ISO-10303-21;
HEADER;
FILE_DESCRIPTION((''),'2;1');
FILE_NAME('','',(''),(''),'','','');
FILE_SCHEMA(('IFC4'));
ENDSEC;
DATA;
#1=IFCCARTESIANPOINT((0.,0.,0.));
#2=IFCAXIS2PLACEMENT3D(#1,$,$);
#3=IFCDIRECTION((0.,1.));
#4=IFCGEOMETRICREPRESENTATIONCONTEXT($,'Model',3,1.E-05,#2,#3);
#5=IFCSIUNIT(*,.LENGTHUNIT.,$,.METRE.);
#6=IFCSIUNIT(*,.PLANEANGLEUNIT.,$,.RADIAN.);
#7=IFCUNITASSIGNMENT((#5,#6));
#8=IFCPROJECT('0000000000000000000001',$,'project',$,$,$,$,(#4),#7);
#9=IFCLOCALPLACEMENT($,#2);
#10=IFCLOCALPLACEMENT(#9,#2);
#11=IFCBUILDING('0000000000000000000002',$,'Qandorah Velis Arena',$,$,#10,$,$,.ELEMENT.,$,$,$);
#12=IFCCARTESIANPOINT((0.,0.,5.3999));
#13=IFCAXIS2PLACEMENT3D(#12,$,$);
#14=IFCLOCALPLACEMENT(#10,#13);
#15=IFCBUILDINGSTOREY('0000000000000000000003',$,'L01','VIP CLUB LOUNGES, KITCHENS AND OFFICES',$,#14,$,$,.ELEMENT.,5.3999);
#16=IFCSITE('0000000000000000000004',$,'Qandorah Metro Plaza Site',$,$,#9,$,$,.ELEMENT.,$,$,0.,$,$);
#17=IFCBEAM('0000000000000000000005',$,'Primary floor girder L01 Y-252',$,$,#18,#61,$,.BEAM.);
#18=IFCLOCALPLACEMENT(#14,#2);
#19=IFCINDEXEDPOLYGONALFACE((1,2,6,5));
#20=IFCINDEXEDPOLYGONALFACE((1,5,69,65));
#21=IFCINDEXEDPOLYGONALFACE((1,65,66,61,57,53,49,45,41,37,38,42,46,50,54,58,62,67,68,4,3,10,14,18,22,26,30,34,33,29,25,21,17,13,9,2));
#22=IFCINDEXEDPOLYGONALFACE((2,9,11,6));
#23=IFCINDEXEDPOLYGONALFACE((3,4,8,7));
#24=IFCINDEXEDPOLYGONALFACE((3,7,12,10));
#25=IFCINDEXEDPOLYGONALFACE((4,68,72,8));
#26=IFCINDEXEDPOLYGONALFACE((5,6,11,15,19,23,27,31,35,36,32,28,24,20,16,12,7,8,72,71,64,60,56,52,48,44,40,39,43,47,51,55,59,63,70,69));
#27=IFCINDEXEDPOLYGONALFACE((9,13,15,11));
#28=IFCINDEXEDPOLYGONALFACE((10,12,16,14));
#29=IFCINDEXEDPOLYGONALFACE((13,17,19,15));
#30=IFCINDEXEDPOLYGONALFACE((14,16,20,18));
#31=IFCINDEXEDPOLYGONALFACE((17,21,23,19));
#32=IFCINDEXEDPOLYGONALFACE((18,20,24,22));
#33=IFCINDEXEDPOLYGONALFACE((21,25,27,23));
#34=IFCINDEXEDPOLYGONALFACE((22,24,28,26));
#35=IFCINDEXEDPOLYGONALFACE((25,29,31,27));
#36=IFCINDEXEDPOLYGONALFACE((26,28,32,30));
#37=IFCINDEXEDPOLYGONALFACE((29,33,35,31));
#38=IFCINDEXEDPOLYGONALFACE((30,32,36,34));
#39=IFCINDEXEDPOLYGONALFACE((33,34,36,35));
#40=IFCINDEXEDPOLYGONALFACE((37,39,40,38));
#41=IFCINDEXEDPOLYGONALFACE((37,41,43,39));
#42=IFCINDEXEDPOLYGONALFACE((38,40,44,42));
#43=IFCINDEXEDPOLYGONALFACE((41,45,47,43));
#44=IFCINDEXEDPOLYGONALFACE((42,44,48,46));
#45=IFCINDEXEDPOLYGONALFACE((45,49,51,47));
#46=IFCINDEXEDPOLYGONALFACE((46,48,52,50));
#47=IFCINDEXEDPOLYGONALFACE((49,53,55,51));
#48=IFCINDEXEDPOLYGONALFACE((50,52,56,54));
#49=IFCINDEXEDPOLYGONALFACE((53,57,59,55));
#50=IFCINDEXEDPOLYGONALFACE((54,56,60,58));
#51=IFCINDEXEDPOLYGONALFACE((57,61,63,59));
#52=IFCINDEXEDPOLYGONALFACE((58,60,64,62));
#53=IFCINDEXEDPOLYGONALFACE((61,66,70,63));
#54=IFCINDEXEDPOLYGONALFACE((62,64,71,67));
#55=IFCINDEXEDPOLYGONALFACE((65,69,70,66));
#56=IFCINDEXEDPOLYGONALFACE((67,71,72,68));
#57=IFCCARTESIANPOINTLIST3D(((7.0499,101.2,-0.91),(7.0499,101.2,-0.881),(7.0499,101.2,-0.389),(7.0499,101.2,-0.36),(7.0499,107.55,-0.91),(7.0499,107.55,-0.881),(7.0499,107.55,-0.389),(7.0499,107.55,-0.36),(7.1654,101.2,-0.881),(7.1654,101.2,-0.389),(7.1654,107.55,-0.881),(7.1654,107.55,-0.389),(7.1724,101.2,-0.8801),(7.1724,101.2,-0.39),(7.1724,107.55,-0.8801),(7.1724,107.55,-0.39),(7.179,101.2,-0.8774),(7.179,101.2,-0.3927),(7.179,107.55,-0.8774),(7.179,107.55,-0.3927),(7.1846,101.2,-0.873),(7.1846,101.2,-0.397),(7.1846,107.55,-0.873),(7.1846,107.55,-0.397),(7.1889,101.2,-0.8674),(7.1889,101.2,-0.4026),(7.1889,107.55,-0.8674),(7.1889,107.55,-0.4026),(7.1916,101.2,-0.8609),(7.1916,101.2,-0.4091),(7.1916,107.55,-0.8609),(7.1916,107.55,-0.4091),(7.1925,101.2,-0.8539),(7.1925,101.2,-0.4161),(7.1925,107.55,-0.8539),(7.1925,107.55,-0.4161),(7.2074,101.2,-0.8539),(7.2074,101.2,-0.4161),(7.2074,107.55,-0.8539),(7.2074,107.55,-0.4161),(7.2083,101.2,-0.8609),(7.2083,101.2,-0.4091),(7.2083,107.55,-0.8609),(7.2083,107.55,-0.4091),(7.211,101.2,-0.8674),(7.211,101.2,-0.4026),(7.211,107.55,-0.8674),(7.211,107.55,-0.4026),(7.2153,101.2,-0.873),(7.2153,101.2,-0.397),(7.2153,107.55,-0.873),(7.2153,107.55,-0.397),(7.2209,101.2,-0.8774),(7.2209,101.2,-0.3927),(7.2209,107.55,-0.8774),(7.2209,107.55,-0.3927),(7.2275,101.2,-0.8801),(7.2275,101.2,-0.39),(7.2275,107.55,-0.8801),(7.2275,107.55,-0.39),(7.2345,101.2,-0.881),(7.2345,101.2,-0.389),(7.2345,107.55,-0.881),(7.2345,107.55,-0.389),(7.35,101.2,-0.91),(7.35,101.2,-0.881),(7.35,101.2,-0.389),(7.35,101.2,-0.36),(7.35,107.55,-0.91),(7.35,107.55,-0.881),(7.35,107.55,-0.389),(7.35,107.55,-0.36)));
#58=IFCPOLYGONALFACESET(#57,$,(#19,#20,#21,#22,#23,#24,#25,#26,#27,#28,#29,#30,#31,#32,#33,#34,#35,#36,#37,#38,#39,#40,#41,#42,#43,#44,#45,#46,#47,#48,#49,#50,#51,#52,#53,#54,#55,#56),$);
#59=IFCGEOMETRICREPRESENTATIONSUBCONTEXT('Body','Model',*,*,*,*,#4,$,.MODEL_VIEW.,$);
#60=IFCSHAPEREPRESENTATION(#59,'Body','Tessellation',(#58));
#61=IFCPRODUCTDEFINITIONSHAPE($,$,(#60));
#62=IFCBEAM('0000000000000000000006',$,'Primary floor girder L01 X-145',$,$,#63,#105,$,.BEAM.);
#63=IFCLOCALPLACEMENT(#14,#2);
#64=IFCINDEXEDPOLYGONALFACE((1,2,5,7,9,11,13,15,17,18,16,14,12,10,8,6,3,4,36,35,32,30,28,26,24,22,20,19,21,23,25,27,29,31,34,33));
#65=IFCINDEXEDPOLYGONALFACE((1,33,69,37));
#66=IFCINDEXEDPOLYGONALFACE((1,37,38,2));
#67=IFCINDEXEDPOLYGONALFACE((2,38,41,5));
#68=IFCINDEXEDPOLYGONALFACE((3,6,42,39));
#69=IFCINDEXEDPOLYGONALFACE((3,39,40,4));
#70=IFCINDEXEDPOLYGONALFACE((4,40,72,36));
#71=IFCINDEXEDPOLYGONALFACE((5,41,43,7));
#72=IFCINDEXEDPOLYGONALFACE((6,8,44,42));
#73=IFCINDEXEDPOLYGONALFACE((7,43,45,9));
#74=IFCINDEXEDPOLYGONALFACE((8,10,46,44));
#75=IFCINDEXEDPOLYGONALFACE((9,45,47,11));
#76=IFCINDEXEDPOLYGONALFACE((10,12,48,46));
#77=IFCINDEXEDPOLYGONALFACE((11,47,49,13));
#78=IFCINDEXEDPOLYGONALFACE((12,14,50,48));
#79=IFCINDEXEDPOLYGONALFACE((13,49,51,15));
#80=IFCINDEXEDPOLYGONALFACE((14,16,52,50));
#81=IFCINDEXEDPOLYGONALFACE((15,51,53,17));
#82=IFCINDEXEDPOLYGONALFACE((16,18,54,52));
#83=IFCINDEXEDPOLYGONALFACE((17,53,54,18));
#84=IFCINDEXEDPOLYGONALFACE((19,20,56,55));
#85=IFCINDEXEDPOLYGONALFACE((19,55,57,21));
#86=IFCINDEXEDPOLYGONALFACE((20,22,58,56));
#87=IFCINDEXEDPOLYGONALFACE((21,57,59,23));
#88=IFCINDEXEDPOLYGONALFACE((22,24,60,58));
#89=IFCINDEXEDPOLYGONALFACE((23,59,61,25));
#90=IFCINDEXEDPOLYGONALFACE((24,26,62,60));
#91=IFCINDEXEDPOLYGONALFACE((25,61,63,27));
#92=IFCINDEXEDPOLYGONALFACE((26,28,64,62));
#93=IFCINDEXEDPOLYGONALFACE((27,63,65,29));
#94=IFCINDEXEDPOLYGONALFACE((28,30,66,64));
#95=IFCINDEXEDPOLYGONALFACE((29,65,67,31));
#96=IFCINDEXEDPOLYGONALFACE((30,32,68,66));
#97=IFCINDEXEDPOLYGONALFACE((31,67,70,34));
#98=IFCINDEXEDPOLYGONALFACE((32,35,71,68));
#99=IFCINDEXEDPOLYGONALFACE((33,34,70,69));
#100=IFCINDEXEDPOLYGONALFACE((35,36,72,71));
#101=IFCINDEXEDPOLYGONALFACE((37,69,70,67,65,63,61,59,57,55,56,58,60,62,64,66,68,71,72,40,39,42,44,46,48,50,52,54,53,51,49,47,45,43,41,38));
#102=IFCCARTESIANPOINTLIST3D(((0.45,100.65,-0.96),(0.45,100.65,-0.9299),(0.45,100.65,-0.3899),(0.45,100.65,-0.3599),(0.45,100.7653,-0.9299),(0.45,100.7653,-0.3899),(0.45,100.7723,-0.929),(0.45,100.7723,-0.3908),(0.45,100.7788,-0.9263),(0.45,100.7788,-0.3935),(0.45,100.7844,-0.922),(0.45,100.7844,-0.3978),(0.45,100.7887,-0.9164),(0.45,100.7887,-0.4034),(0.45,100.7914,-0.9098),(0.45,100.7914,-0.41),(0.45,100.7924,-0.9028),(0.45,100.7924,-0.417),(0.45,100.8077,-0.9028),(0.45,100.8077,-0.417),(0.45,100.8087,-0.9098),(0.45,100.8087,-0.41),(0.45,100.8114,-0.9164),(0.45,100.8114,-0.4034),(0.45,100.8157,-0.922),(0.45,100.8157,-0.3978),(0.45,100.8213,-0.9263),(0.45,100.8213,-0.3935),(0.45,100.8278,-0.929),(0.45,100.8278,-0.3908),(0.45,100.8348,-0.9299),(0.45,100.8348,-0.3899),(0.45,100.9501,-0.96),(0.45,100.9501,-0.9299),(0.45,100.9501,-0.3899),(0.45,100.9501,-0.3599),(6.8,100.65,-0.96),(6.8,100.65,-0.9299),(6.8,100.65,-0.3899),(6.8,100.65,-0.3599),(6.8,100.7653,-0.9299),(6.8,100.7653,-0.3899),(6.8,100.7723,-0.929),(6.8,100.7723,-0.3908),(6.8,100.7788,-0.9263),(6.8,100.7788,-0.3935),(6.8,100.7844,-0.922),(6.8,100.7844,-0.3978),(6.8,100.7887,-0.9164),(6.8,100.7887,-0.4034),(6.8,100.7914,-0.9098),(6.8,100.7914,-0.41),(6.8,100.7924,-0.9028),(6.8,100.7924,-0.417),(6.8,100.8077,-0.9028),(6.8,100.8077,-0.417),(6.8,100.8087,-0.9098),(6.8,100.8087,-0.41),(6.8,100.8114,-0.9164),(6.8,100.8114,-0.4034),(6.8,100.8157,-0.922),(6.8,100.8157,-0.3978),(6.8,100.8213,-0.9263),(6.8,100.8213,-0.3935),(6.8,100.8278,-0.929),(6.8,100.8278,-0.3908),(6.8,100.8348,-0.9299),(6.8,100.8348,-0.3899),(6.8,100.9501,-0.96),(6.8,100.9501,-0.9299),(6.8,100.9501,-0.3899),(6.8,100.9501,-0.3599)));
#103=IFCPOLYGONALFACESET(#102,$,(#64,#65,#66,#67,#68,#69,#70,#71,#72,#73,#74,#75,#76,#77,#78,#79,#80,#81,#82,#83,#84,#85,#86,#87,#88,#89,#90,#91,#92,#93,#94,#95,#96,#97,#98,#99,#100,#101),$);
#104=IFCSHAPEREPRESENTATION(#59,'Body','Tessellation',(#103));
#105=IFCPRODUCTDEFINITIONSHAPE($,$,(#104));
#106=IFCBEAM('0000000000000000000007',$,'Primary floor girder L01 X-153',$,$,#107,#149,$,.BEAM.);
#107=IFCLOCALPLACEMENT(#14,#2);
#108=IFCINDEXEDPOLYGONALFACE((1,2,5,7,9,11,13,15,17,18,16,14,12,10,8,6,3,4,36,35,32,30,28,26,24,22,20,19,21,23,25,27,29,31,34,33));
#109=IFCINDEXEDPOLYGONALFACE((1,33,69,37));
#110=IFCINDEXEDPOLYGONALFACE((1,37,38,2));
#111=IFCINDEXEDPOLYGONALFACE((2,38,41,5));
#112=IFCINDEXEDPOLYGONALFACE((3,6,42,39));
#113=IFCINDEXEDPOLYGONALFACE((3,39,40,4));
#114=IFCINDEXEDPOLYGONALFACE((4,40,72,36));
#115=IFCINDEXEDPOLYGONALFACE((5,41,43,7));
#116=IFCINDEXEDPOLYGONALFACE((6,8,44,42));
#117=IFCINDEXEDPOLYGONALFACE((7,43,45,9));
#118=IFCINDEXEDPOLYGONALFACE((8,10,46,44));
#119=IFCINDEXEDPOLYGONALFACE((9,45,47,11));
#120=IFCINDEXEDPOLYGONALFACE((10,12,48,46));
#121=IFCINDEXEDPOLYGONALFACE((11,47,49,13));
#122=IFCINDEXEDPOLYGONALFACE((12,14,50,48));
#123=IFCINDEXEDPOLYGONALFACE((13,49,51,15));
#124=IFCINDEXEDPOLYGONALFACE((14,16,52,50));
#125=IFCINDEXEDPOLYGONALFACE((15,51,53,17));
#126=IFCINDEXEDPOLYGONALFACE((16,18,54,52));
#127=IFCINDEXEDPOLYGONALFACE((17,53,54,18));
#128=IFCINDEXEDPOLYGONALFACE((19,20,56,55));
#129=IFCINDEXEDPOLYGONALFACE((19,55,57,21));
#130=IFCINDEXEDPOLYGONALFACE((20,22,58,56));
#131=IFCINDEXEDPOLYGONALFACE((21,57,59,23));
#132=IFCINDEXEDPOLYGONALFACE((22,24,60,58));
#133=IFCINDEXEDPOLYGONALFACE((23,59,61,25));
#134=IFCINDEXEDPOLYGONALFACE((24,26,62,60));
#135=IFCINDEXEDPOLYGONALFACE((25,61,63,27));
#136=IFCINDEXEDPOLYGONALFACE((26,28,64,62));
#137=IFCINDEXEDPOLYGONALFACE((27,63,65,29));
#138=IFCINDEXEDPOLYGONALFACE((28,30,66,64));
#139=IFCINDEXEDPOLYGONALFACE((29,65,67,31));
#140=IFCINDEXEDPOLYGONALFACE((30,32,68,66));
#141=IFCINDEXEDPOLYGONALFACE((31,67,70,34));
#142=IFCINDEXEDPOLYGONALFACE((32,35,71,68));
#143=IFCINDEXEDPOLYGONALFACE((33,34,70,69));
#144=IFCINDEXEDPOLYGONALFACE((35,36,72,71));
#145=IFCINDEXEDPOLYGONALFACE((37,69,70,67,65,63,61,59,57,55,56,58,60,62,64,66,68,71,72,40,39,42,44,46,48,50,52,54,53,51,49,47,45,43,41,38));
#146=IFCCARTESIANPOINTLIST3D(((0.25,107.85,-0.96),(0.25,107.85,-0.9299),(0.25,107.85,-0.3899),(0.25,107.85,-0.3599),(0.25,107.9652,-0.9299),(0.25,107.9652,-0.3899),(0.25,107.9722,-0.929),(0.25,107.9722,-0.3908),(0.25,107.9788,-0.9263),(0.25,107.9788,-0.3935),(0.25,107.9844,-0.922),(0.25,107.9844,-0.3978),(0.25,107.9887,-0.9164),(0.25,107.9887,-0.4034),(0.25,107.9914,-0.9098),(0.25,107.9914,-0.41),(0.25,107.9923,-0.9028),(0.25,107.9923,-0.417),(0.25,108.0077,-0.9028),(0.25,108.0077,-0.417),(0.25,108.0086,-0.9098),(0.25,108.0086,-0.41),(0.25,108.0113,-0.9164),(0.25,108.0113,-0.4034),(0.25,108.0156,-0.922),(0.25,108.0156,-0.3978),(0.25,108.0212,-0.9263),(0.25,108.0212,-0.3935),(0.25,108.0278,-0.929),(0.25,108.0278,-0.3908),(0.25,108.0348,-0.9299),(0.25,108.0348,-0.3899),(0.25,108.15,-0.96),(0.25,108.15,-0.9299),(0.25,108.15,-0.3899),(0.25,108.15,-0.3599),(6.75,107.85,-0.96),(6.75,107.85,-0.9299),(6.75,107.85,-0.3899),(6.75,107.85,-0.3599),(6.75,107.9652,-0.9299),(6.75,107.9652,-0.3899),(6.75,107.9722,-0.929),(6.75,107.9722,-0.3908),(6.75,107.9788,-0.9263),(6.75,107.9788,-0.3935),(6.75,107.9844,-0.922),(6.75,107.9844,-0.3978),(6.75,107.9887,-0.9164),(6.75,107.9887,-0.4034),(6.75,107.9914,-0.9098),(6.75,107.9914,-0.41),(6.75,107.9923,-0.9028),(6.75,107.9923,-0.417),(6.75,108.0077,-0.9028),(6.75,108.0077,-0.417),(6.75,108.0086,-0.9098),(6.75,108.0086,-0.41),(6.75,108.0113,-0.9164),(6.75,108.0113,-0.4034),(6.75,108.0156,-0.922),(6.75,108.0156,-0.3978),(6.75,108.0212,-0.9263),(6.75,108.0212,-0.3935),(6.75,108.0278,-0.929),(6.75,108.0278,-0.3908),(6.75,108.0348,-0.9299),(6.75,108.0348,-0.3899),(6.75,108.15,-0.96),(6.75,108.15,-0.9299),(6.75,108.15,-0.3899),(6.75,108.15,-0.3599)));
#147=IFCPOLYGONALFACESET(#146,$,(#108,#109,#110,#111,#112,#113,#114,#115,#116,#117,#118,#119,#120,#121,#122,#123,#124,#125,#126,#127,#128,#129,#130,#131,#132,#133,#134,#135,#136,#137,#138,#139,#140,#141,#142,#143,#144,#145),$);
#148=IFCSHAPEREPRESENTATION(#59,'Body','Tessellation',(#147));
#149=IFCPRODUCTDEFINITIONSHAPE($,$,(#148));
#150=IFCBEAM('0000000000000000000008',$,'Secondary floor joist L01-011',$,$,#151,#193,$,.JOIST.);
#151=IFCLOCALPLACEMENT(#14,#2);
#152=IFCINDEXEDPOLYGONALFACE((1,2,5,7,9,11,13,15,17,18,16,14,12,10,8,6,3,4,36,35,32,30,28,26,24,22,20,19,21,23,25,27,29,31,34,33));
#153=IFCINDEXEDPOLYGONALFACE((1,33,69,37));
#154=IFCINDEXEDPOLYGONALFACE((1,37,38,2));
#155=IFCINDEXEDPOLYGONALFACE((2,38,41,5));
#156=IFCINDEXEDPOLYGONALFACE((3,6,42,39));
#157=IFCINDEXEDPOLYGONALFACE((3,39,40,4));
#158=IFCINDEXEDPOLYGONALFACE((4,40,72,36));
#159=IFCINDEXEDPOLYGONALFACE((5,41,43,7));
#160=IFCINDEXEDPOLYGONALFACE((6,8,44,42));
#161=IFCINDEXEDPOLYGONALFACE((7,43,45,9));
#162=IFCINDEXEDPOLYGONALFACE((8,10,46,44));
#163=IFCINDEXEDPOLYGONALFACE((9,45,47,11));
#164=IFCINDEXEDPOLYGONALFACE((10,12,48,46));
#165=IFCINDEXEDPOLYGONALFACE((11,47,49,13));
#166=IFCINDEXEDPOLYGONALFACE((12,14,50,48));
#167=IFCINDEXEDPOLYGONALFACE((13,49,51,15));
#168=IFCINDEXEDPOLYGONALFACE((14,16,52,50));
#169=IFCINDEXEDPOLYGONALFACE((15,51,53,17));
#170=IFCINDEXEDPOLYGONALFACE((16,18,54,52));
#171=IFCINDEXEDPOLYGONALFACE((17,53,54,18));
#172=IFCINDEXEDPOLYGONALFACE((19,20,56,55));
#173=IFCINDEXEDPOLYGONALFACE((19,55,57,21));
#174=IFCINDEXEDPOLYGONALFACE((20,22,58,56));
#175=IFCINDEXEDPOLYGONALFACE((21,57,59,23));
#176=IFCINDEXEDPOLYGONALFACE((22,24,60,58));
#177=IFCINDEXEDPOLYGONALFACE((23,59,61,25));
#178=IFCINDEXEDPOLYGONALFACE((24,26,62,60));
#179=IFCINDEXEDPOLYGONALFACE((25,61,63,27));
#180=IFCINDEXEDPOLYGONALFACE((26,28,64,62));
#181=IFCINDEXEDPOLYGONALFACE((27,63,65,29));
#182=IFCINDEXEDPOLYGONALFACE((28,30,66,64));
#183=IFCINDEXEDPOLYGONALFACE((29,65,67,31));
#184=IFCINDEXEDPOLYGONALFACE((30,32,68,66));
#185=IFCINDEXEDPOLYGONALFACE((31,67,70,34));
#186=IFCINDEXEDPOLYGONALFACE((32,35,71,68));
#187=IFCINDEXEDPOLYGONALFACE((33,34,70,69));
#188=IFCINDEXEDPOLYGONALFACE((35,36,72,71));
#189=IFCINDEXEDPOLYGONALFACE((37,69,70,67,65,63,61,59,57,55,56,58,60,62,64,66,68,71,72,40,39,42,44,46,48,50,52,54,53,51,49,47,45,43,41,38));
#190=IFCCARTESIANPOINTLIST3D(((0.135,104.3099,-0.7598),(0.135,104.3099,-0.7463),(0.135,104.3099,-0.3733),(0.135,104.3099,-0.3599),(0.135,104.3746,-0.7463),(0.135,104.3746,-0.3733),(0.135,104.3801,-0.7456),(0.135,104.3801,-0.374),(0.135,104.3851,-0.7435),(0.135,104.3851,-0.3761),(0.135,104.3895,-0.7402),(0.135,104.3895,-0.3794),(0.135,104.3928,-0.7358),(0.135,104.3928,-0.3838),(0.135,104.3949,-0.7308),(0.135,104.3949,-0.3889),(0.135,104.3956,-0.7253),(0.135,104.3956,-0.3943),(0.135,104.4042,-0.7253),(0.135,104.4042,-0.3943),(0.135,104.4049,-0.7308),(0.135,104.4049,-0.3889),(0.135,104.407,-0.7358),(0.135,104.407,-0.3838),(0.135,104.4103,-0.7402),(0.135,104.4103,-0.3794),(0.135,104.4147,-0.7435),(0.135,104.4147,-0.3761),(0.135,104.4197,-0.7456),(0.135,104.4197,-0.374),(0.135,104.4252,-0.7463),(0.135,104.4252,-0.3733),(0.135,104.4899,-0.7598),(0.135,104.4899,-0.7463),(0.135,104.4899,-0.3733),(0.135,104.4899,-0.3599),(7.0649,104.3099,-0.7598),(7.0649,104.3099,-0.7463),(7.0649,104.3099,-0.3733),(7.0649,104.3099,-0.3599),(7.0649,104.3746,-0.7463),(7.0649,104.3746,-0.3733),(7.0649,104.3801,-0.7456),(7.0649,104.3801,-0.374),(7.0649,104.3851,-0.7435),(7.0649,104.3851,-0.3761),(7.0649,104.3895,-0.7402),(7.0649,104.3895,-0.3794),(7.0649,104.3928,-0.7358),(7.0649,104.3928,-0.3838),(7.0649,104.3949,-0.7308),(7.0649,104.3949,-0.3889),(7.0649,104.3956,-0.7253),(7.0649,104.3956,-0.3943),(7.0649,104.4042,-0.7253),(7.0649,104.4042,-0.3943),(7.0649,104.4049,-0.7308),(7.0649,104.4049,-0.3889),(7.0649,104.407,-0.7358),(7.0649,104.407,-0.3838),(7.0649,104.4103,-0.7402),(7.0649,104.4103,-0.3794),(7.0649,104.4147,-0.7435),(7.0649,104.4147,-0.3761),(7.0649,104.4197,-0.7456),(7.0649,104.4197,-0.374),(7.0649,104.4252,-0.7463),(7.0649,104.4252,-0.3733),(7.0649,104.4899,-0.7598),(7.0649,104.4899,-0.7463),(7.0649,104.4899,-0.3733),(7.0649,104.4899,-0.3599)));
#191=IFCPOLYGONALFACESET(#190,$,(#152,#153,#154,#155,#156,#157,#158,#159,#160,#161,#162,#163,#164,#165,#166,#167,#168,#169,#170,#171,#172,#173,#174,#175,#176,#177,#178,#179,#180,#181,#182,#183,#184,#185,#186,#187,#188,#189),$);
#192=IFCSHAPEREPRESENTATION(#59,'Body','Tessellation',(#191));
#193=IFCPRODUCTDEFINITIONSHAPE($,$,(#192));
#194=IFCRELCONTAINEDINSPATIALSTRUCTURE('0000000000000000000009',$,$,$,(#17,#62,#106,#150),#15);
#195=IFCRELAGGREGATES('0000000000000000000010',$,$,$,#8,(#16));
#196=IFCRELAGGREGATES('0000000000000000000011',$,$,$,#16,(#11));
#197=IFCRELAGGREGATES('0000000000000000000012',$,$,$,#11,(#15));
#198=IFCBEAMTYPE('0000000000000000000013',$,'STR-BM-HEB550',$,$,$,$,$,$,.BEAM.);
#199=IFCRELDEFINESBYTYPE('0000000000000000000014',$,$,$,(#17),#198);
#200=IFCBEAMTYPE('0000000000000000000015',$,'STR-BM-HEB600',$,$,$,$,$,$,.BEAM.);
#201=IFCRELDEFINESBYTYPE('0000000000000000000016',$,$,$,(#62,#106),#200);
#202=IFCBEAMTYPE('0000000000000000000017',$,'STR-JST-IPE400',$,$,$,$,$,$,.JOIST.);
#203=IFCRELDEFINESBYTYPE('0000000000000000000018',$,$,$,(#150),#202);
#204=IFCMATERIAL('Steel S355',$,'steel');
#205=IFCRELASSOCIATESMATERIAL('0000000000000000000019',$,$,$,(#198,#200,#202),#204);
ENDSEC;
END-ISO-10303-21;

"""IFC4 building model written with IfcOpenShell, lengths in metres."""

from ifc_helpers import new_model, si_unit, direction, frame, origin, origin_2d, place, context, subcontext, project, spatial, i_section, extrude, material, material_profile, profile_set, type_object, element, save


model = new_model("IFC4")

# Units and contexts
model_context = context("Model", 3, precision=1e-05, world=origin(), true_north=direction((0.0, 1.0)))
body_context = subcontext(model_context, "Body", "Model", "MODEL_VIEW")
ifc_project = project(units=[si_unit("LENGTHUNIT", "METRE"), si_unit("PLANEANGLEUNIT", "RADIAN")], contexts=[model_context])

# Site, building, storey
site_placement = place(None, origin())
site = spatial("IfcSite", under=ifc_project, at=site_placement, Name="Qandorah Metro Plaza Site", CompositionType="ELEMENT", RefElevation=0.0)
building_placement = place(site_placement, origin())
building = spatial("IfcBuilding", under=site, at=building_placement, Name="Qandorah Velis Arena", CompositionType="ELEMENT")
storey_placement = place(building_placement, frame((0.0, 0.0, 5.3999)))
storey = spatial("IfcBuildingStorey", under=building, at=storey_placement, Name="L01", Description="VIP CLUB LOUNGES, KITCHENS AND OFFICES", CompositionType="ELEMENT", Elevation=5.3999)

# Beams
ifc_material_1 = material(Name="Steel S355", Category="steel")
ifc_material_profile_1 = material_profile(ifc_material_1, i_section(OverallWidth=0.3, OverallDepth=0.55, WebThickness=0.0149, FlangeThickness=0.0291, FilletRadius=0.0271, at=origin_2d()), Name="HEB 550")
ifc_profile_set_1 = profile_set([ifc_material_profile_1], Name="Steel S355")
beam_type_1 = type_object("IfcBeamType", Name="STR-BM-HEB550", PredefinedType="BEAM", material=ifc_profile_set_1)
beam_1_placement = place(storey_placement, frame((7.2, 101.2, -0.635), z_axis=(0.0, 1.0, 0.0), x_axis=(-1.0, 0.0, 0.0)))
element("IfcBeam", 1, at=beam_1_placement, inside=storey, type_object=beam_type_1, Name="Primary floor girder L01 Y-252", PredefinedType="BEAM", context=body_context, shape_type="SweptSolid", body=[
    extrude(i_section(OverallWidth=0.3, OverallDepth=0.55, WebThickness=0.0149, FlangeThickness=0.0291, FilletRadius=0.0271, at=origin_2d()), origin(), (0.0, 0.0, 1.0), 6.3501),
])
ifc_material_profile_2 = material_profile(ifc_material_1, i_section(OverallWidth=0.3, OverallDepth=0.6001, WebThickness=0.0154, FlangeThickness=0.03, FilletRadius=0.0271, at=origin_2d()), Name="HEB 600")
ifc_profile_set_2 = profile_set([ifc_material_profile_2], Name="Steel S355")
beam_type_2 = type_object("IfcBeamType", Name="STR-BM-HEB600", PredefinedType="BEAM", material=ifc_profile_set_2)
beam_2_placement = place(storey_placement, frame((0.45, 100.8, -0.6599), z_axis=(1.0, 0.0, 0.0), x_axis=(0.0, 1.0, 0.0)))
element("IfcBeam", 2, at=beam_2_placement, inside=storey, type_object=beam_type_2, Name="Primary floor girder L01 X-145", PredefinedType="BEAM", context=body_context, shape_type="SweptSolid", body=[
    extrude(i_section(OverallWidth=0.3, OverallDepth=0.6001, WebThickness=0.0154, FlangeThickness=0.03, FilletRadius=0.0271, at=origin_2d()), origin(), (0.0, 0.0, 1.0), 6.3501),
])
beam_3_placement = place(storey_placement, frame((0.25, 108.0, -0.6599), z_axis=(1.0, 0.0, 0.0), x_axis=(0.0, 1.0, 0.0)))
element("IfcBeam", 3, at=beam_3_placement, inside=storey, type_object=beam_type_2, Name="Primary floor girder L01 X-153", PredefinedType="BEAM", context=body_context, shape_type="SweptSolid", body=[
    extrude(i_section(OverallWidth=0.3, OverallDepth=0.6001, WebThickness=0.0154, FlangeThickness=0.03, FilletRadius=0.0271, at=origin_2d()), origin(), (0.0, 0.0, 1.0), 6.5),
])
ifc_material_profile_3 = material_profile(ifc_material_1, i_section(OverallWidth=0.1799, OverallDepth=0.3999, WebThickness=0.0085, FlangeThickness=0.0134, FilletRadius=0.021, at=origin_2d()), Name="IPE 400")
ifc_profile_set_3 = profile_set([ifc_material_profile_3], Name="Steel S355")
beam_type_3 = type_object("IfcBeamType", Name="STR-JST-IPE400", PredefinedType="JOIST", material=ifc_profile_set_3)
for number, where, z_axis, x_axis, name in (
    (4, (0.135, 104.3999, -0.5598), (1.0, 0.0, 0.0), (0.0, 1.0, 0.0), "Secondary floor joist L01-011"),
):
    element("IfcBeam", number, at=place(storey_placement, frame(where, z_axis=z_axis, x_axis=x_axis)), inside=storey, type_object=beam_type_3, Name=name, PredefinedType="JOIST", context=body_context, shape_type="SweptSolid", body=[
        extrude(i_section(OverallWidth=0.1799, OverallDepth=0.3999, WebThickness=0.0085, FlangeThickness=0.0134, FilletRadius=0.021, at=origin_2d()), origin(), (0.0, 0.0, 1.0), 6.9299),
    ])

save(model, "model.ifc")
